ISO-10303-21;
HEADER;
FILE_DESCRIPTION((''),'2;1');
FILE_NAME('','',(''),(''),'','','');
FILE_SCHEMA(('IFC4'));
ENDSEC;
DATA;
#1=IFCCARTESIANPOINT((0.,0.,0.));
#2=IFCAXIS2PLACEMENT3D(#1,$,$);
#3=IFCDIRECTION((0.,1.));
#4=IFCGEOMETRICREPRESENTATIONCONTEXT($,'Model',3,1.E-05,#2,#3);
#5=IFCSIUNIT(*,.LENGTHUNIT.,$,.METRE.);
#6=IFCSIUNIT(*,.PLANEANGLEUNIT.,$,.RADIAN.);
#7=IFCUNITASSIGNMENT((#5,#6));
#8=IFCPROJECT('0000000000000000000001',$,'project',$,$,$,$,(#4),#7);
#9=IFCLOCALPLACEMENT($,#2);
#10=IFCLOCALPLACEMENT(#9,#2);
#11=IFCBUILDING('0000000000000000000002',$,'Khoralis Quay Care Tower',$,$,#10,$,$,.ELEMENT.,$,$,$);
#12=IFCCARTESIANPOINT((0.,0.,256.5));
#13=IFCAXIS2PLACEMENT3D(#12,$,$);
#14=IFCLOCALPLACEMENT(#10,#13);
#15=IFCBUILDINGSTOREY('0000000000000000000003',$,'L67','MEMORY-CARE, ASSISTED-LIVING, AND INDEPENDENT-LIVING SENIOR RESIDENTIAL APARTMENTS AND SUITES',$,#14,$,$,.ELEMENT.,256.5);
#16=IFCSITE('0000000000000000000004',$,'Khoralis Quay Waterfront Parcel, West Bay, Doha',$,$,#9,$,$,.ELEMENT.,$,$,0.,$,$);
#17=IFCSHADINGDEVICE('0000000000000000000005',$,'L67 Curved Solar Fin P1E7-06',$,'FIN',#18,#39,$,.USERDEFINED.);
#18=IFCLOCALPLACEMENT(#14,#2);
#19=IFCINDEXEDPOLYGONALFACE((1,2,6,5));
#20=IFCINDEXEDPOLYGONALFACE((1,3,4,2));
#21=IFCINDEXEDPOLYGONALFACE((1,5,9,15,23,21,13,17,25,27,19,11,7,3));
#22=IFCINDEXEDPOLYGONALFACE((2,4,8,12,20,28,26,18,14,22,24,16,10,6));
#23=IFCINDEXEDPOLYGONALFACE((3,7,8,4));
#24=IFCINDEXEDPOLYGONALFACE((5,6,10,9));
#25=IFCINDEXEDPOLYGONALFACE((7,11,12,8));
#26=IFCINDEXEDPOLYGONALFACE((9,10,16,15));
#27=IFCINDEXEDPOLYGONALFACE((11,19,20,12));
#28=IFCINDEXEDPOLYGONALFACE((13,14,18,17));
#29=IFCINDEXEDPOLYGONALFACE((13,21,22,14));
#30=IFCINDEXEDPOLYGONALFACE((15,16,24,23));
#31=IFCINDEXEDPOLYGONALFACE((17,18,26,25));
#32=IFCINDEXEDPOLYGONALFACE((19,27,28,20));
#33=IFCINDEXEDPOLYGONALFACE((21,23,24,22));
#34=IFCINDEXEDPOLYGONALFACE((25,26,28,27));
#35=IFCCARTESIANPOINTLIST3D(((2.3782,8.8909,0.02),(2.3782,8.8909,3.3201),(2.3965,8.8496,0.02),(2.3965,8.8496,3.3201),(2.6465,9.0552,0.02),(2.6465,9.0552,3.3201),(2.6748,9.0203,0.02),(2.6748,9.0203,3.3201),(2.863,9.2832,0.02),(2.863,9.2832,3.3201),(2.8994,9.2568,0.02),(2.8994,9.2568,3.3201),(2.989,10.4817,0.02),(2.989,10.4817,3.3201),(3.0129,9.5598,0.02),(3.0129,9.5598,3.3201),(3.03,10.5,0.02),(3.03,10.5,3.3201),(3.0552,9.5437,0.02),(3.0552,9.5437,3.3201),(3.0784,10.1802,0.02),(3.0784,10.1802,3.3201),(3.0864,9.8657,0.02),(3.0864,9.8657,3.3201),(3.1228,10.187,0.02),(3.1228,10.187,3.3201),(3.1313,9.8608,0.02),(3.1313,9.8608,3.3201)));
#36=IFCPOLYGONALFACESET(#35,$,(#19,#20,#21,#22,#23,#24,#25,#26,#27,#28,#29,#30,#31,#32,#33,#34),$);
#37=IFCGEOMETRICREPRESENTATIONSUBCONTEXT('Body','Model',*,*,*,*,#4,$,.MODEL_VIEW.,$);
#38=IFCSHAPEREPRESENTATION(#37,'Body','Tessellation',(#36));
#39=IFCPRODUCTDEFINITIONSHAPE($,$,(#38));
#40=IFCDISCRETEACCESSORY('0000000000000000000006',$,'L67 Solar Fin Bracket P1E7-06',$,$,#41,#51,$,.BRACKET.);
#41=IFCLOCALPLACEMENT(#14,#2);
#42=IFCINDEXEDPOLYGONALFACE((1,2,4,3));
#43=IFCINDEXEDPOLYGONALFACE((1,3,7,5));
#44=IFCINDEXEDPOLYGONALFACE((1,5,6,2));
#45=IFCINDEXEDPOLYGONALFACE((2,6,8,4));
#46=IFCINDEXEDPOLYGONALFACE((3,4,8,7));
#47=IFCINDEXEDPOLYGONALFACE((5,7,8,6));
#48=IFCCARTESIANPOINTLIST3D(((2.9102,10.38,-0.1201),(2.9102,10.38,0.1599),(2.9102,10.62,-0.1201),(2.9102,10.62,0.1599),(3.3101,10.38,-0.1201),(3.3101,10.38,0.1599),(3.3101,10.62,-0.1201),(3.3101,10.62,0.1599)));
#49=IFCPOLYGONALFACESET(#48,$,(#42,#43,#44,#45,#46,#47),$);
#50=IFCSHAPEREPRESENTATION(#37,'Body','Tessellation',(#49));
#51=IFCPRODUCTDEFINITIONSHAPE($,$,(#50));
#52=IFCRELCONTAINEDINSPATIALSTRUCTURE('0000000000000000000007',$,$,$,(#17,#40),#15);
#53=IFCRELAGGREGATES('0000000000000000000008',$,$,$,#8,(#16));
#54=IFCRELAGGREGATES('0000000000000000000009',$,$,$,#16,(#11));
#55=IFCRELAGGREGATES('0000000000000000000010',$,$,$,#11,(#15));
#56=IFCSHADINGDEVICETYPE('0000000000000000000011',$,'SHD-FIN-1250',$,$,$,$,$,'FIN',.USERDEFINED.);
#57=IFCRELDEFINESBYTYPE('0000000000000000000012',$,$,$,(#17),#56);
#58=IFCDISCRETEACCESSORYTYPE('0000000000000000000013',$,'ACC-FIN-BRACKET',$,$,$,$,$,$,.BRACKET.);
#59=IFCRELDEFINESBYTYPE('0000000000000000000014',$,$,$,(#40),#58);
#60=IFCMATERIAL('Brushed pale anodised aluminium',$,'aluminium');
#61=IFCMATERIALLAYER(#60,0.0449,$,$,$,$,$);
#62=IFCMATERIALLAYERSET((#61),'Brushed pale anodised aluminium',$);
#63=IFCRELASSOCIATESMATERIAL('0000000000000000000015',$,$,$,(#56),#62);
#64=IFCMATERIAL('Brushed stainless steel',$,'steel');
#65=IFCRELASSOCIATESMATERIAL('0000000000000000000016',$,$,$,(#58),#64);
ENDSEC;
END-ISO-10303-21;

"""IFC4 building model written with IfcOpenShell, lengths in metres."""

from ifc_helpers import new_model, si_unit, direction, frame, origin, origin_2d, place, context, subcontext, project, spatial, polyline, rectangle, outline, extrude, source, transform, mapped, material, layer, layer_set, type_object, element, save


model = new_model("IFC4")

# Units and contexts
model_context = context("Model", 3, precision=1e-05, world=origin(), true_north=direction((0.0, 1.0)))
body_context = subcontext(model_context, "Body", "Model", "MODEL_VIEW")
ifc_project = project(units=[si_unit("LENGTHUNIT", "METRE"), si_unit("PLANEANGLEUNIT", "RADIAN")], contexts=[model_context])

# Site, building, storey
site_placement = place(None, origin())
site = spatial("IfcSite", under=ifc_project, at=site_placement, Name="Khoralis Quay Waterfront Parcel, West Bay, Doha", CompositionType="ELEMENT", RefElevation=0.0)
building_placement = place(site_placement, origin())
building = spatial("IfcBuilding", under=site, at=building_placement, Name="Khoralis Quay Care Tower", CompositionType="ELEMENT")
storey_placement = place(building_placement, frame((0.0, 0.0, 256.5)))
storey = spatial("IfcBuildingStorey", under=building, at=storey_placement, Name="L67", Description="MEMORY-CARE, ASSISTED-LIVING, AND INDEPENDENT-LIVING SENIOR RESIDENTIAL APARTMENTS AND SUITES", CompositionType="ELEMENT", Elevation=256.5)

# Shading device
ifc_material_1 = material(Name="Brushed pale anodised aluminium", Category="aluminium")
ifc_layer_1 = layer(ifc_material_1, 0.0449)
ifc_layer_set_1 = layer_set([ifc_layer_1], Name="Brushed pale anodised aluminium")
shading_device_type = type_object("IfcShadingDeviceType", Name="SHD-FIN-1250", ElementType="FIN", PredefinedType="USERDEFINED", material=ifc_layer_set_1)
shared_shape_1 = source(origin(), body_context, "Body", "SweptSolid", [
    extrude(outline(polyline([(0.0, 0.0), (-0.0928, 0.313), (-0.1013, 0.6392), (-0.0251, 0.9563), (0.1306, 1.2432), (0.3552, 1.4797), (0.6335, 1.6504), (0.6519, 1.6091), (0.3835, 1.4448), (0.167, 1.2168), (0.0171, 0.9402), (-0.0564, 0.6343), (-0.0483, 0.3198), (0.041, 0.0183), (0.0, 0.0)])), origin(), (0.0, 0.0, 1.0), 3.3),
])
shading_device_placement = place(storey_placement, frame((3.03, 10.5, 0.02), z_axis=(0.0, 0.0, 1.0), x_axis=(-1.0, 0.0, 0.0)))
element("IfcShadingDevice", 1, at=shading_device_placement, inside=storey, type_object=shading_device_type, Name="L67 Curved Solar Fin P1E7-06", ObjectType="FIN", PredefinedType="USERDEFINED", context=body_context, shape_type="MappedRepresentation", body=[
    mapped(shared_shape_1, transform((0.0, 0.0, 0.0), scale=1.0)),
])

# Discrete accessory
ifc_material_2 = material(Name="Brushed stainless steel", Category="steel")
discrete_accessory_type = type_object("IfcDiscreteAccessoryType", Name="ACC-FIN-BRACKET", PredefinedType="BRACKET", material=ifc_material_2)
shared_shape_2 = source(origin(), body_context, "Body", "SweptSolid", [
    extrude(rectangle(XDim=0.3999, YDim=0.24, at=origin_2d()), origin(), (0.0, 0.0, 1.0), 0.28),
])
discrete_accessory_placement = place(storey_placement, frame((3.1101, 10.5, -0.1201), z_axis=(0.0, 0.0, 1.0), x_axis=(-1.0, 0.0, 0.0)))
element("IfcDiscreteAccessory", 2, at=discrete_accessory_placement, inside=storey, type_object=discrete_accessory_type, Name="L67 Solar Fin Bracket P1E7-06", PredefinedType="BRACKET", context=body_context, shape_type="MappedRepresentation", body=[
    mapped(shared_shape_2, transform((0.0, 0.0, 0.0), scale=1.0)),
])

save(model, "model.ifc")
